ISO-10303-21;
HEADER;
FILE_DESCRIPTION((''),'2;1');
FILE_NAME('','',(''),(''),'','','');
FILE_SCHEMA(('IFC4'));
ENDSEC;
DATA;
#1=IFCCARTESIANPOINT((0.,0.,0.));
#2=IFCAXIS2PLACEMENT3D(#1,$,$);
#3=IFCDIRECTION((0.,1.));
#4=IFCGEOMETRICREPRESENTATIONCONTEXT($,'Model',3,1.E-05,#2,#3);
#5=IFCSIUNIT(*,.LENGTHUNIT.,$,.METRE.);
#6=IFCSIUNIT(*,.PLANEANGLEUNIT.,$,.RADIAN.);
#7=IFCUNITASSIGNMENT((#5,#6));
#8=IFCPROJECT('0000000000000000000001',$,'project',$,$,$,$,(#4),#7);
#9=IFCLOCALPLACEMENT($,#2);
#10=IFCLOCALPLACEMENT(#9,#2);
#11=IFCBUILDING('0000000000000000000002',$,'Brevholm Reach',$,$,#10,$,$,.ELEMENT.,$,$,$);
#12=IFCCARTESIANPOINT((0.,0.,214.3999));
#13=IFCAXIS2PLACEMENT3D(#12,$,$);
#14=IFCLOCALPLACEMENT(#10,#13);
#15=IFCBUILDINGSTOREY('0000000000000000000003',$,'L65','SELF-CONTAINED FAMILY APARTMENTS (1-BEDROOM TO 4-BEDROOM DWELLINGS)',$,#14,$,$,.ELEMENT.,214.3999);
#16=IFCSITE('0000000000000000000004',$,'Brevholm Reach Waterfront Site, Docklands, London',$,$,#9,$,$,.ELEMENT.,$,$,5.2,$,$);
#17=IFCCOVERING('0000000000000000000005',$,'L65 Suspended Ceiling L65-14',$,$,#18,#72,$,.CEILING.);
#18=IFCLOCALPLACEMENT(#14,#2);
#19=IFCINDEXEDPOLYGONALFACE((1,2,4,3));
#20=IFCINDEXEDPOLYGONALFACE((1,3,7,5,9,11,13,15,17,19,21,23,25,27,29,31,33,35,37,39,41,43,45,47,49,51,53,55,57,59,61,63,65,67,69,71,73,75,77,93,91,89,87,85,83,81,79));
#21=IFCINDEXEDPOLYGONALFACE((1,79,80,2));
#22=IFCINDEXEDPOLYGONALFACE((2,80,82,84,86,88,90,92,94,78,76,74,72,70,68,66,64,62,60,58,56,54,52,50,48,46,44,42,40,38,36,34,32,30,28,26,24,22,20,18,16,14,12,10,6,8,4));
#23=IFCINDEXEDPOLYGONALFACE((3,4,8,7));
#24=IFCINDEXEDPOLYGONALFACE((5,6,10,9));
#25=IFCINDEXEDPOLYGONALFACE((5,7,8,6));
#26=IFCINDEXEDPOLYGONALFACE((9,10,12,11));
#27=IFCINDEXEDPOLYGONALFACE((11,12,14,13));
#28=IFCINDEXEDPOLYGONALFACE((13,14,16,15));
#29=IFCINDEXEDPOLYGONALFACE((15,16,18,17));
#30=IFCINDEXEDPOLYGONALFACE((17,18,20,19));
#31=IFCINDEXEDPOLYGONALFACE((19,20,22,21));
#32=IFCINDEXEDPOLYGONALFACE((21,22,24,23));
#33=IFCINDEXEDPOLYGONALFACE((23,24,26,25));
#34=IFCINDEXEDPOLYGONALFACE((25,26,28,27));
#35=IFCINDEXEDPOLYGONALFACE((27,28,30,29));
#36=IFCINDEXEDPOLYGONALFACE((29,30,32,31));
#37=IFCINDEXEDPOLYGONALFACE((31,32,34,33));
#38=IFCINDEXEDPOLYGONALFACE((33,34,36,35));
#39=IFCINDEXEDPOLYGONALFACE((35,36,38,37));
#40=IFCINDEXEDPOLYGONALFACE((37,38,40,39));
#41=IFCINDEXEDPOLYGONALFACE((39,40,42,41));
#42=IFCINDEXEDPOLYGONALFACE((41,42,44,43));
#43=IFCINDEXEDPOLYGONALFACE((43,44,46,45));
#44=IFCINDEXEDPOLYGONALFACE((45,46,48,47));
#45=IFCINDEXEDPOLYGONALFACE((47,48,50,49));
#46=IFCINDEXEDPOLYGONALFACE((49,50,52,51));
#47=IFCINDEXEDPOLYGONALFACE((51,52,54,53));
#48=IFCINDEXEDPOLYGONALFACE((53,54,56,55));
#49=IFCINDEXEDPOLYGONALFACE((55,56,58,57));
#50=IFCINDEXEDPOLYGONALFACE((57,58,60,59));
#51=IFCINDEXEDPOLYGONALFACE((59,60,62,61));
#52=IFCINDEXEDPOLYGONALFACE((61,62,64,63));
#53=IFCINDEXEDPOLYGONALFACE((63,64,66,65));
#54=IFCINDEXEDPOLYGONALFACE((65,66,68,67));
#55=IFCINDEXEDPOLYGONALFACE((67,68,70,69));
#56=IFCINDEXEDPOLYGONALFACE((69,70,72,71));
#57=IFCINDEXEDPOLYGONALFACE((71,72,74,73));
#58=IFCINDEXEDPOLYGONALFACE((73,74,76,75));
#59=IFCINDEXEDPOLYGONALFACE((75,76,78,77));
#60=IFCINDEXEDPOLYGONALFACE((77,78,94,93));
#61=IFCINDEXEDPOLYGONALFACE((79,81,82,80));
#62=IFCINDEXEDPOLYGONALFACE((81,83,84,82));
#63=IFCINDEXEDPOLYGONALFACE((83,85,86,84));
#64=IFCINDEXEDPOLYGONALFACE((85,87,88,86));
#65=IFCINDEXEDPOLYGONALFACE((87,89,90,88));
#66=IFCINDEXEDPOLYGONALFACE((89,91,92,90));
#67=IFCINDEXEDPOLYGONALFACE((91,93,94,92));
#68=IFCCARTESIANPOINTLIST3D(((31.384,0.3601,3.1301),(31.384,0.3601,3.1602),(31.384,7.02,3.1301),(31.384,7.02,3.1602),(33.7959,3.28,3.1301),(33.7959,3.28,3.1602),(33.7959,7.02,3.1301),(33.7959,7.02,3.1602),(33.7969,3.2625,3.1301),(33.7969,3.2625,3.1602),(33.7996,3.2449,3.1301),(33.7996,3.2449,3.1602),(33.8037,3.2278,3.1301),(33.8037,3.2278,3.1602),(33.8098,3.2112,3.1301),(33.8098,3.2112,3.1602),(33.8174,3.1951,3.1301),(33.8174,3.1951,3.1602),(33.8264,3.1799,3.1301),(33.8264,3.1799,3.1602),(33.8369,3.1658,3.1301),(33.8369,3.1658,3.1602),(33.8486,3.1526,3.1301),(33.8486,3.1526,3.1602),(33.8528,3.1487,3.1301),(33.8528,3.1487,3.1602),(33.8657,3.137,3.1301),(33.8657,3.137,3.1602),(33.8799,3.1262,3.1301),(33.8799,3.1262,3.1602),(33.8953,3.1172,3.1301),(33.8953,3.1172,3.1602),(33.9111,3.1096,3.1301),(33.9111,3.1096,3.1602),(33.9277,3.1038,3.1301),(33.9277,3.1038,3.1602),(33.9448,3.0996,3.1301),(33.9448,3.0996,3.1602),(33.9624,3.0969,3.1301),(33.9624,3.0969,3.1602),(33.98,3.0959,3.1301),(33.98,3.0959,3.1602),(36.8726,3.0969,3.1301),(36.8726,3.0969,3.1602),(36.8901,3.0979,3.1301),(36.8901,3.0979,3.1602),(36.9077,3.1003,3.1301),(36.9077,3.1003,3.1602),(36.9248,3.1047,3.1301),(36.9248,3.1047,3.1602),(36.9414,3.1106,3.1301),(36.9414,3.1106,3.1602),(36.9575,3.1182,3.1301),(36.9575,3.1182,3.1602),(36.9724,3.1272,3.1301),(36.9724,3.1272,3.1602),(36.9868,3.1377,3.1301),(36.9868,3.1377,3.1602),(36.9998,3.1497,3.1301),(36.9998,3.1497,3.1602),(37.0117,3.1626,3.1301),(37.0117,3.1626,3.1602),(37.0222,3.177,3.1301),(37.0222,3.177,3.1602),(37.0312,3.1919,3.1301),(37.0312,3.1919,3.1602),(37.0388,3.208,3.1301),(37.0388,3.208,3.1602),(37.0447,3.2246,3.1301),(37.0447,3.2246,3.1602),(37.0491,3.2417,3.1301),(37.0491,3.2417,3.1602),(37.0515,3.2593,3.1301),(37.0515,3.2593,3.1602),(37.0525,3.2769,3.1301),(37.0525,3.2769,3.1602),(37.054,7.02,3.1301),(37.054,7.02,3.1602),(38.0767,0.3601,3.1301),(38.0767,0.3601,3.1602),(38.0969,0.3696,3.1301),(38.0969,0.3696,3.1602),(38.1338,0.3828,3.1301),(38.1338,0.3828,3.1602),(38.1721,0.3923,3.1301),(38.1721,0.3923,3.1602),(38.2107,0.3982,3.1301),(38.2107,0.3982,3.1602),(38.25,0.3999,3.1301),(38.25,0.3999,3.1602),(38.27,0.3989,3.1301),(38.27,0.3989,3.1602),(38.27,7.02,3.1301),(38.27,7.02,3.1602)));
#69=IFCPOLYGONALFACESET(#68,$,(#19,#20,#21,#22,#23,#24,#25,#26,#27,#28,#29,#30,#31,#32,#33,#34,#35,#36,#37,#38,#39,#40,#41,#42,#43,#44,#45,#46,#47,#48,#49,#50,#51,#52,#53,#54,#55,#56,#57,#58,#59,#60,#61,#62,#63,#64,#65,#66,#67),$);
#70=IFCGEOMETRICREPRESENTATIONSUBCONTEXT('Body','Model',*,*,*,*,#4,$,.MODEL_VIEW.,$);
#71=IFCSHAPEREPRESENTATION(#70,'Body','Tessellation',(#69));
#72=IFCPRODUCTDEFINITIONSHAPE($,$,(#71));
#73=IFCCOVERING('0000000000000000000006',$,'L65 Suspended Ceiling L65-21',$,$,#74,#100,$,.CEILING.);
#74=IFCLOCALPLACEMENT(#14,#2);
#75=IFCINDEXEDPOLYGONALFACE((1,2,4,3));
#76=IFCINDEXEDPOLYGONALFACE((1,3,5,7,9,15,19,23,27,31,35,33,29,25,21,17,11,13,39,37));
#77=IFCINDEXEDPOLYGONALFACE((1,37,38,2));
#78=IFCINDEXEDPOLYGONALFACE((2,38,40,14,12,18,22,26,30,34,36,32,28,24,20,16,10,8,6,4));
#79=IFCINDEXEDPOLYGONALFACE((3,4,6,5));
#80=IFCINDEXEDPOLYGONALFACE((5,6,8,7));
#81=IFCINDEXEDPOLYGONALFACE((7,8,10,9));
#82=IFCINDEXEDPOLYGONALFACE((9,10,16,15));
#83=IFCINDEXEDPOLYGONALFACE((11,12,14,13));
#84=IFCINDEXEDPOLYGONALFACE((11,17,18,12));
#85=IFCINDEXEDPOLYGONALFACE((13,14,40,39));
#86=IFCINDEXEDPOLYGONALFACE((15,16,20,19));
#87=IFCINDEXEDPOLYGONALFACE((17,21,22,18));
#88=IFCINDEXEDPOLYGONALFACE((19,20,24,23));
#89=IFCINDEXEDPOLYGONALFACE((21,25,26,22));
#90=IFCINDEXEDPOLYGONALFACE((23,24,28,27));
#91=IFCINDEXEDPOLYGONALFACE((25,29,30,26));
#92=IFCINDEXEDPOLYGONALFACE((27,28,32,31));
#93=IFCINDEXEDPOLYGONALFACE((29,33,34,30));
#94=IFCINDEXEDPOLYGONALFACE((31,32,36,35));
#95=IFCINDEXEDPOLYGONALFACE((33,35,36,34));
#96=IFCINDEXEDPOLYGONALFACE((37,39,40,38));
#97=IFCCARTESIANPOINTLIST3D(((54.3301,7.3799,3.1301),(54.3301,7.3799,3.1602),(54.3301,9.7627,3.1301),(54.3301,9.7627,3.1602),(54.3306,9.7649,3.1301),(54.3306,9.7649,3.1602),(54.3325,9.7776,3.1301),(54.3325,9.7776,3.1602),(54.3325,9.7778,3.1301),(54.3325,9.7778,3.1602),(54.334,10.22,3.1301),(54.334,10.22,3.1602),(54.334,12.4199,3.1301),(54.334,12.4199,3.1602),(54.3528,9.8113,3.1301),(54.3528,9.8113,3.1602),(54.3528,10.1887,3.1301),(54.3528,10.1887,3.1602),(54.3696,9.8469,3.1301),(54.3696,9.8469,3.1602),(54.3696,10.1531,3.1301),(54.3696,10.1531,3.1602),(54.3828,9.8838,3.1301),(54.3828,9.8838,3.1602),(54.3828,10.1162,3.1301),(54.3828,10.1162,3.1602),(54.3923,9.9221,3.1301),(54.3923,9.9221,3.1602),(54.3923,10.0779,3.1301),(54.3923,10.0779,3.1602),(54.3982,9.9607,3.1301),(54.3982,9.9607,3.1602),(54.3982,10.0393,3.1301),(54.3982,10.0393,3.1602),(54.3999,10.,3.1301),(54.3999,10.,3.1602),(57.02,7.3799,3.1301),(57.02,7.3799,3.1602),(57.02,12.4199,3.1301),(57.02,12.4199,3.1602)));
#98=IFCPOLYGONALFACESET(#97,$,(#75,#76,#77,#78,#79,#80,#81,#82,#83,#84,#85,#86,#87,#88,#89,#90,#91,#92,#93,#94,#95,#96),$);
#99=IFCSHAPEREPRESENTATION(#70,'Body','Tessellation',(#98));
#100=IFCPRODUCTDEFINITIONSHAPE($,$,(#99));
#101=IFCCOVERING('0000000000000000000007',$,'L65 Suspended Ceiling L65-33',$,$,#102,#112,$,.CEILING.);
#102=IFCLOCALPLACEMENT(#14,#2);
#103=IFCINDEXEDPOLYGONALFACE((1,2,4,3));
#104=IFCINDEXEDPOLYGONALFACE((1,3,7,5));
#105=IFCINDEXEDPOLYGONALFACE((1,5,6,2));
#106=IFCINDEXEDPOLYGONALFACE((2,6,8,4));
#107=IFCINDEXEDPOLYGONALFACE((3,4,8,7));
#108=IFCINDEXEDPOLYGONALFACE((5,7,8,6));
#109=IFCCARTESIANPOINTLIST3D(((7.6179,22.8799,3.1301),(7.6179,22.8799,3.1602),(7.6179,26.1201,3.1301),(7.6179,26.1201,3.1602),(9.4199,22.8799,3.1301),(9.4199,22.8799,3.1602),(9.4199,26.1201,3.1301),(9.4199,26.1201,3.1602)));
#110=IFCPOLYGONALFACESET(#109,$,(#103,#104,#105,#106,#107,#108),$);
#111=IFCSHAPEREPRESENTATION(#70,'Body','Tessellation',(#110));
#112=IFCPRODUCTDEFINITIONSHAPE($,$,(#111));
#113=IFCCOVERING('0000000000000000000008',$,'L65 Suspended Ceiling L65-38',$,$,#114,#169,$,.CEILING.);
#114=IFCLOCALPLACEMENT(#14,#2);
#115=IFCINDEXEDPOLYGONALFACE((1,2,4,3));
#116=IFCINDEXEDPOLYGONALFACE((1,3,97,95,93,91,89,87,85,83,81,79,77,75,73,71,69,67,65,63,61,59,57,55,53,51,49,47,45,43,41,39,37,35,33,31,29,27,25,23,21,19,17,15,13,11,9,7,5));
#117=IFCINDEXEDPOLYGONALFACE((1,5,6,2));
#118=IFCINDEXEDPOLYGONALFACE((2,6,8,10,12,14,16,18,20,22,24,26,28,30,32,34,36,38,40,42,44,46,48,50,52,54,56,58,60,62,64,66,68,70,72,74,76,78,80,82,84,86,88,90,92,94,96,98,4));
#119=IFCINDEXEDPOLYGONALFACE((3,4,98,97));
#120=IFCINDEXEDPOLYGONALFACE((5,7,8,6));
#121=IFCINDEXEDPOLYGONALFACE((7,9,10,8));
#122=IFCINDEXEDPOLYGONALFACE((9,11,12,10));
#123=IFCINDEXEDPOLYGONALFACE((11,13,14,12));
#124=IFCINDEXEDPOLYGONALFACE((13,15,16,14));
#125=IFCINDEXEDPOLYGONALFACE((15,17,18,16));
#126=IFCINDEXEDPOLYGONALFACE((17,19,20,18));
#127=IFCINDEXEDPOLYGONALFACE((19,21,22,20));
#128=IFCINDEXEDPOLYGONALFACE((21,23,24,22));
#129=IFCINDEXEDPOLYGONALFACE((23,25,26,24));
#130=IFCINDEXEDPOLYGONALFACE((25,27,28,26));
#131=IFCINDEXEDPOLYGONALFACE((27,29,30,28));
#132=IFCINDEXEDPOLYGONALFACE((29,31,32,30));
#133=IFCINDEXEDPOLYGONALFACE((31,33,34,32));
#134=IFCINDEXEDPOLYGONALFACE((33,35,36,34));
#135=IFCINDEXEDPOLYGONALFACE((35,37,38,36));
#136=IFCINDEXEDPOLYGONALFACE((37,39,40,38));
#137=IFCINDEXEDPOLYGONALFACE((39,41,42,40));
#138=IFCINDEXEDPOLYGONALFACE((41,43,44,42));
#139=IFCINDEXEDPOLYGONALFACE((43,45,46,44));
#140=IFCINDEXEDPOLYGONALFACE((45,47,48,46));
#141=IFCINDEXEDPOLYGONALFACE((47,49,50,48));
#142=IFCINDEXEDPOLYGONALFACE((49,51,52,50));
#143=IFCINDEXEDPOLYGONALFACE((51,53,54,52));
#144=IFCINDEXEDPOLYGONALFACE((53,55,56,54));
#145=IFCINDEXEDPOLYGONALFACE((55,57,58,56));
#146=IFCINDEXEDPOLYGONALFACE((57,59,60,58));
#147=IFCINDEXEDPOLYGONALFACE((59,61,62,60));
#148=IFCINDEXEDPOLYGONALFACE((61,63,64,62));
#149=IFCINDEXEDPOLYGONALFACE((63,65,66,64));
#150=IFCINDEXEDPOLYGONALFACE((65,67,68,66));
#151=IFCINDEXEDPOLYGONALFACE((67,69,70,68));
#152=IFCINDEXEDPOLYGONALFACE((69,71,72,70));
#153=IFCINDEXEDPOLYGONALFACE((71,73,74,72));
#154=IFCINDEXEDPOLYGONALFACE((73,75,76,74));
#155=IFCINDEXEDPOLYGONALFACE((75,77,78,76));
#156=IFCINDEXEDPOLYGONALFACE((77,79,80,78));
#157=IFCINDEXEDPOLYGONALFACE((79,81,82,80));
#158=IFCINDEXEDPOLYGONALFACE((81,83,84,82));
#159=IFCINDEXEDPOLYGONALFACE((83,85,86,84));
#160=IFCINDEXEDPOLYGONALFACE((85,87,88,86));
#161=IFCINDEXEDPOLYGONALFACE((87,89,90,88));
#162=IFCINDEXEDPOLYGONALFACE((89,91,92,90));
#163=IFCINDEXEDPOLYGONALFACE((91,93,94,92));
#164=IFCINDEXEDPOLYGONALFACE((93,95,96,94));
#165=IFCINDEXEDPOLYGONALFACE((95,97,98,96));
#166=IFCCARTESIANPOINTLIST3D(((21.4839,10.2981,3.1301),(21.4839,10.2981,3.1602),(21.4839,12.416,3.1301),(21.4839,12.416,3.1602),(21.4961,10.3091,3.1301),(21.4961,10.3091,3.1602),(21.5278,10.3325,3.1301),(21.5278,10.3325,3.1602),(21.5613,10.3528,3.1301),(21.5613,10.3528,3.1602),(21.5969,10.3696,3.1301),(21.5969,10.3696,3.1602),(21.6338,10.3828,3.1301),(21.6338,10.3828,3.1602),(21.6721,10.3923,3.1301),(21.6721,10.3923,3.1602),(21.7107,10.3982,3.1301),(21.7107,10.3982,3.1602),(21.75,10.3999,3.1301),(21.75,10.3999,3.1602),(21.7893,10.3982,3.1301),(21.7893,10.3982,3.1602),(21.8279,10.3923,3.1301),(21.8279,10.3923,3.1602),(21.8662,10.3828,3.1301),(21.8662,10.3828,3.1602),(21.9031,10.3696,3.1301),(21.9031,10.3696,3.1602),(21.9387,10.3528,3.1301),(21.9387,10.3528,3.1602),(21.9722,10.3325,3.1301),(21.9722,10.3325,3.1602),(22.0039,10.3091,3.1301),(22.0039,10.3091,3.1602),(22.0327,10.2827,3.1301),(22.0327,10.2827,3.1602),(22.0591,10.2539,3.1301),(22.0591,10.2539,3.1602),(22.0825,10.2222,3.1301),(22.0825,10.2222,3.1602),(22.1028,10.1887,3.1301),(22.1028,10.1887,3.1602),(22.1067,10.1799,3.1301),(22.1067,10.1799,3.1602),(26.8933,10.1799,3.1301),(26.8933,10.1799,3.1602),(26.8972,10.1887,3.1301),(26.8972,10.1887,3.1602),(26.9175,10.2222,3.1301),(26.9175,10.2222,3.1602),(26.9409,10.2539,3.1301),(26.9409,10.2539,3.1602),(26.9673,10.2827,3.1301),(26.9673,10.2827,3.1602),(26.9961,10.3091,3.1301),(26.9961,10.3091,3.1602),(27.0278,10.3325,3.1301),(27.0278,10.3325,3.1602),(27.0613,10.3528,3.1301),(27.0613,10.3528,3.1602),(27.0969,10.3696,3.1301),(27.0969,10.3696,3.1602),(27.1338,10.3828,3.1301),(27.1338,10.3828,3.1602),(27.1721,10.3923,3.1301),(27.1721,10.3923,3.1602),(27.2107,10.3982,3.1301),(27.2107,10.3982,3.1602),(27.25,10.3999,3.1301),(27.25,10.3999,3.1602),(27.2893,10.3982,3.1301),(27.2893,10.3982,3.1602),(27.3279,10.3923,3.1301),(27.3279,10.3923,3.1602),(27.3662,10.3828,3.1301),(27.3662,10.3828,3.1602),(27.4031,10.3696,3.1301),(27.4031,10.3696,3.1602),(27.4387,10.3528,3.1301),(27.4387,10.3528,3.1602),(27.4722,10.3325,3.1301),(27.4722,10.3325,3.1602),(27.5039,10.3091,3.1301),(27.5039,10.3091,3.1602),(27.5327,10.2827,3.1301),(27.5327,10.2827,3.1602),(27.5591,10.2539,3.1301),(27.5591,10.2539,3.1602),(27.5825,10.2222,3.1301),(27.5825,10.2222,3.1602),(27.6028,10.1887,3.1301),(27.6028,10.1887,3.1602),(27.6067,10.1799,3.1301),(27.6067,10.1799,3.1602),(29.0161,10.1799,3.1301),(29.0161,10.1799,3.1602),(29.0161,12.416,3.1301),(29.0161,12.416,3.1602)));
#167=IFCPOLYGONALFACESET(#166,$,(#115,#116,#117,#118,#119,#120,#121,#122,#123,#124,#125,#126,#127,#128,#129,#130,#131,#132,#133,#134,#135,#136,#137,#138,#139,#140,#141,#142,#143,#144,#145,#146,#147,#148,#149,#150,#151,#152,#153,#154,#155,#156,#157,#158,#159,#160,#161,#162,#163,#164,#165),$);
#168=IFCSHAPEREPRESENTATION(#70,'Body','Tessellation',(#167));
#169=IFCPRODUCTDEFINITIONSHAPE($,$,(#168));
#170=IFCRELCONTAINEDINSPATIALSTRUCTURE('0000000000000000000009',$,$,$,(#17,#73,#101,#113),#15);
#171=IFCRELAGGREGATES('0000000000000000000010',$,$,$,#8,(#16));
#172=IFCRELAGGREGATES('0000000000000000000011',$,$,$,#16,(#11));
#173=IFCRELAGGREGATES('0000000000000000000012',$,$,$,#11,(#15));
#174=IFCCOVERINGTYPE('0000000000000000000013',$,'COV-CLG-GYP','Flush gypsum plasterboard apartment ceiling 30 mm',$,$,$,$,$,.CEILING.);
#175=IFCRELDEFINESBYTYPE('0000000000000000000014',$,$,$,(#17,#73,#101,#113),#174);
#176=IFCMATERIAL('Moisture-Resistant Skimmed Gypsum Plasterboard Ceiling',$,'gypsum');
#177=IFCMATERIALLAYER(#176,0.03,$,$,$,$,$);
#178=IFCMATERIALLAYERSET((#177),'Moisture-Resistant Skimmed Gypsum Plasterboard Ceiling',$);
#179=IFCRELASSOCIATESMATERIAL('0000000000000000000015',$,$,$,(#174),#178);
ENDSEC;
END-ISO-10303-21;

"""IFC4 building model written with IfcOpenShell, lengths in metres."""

from ifc_helpers import new_model, si_unit, direction, frame, origin, place, context, subcontext, project, spatial, polyline, outline, extrude, material, layer, layer_set, type_object, element, save


model = new_model("IFC4")

# Units and contexts
model_context = context("Model", 3, precision=1e-05, world=origin(), true_north=direction((0.0, 1.0)))
body_context = subcontext(model_context, "Body", "Model", "MODEL_VIEW")
ifc_project = project(units=[si_unit("LENGTHUNIT", "METRE"), si_unit("PLANEANGLEUNIT", "RADIAN")], contexts=[model_context])

# Site, building, storey
site_placement = place(None, origin())
site = spatial("IfcSite", under=ifc_project, at=site_placement, Name="Brevholm Reach Waterfront Site, Docklands, London", CompositionType="ELEMENT", RefElevation=5.2)
building_placement = place(site_placement, origin())
building = spatial("IfcBuilding", under=site, at=building_placement, Name="Brevholm Reach", CompositionType="ELEMENT")
storey_placement = place(building_placement, frame((0.0, 0.0, 214.3999)))
storey = spatial("IfcBuildingStorey", under=building, at=storey_placement, Name="L65", Description="SELF-CONTAINED FAMILY APARTMENTS (1-BEDROOM TO 4-BEDROOM DWELLINGS)", CompositionType="ELEMENT", Elevation=214.3999)

# Coverings
ifc_material_1 = material(Name="Moisture-Resistant Skimmed Gypsum Plasterboard Ceiling", Category="gypsum")
ifc_layer_1 = layer(ifc_material_1, 0.03)
ifc_layer_set_1 = layer_set([ifc_layer_1], Name="Moisture-Resistant Skimmed Gypsum Plasterboard Ceiling")
covering_type_1 = type_object("IfcCoveringType", Name="COV-CLG-GYP", Description="Flush gypsum plasterboard apartment ceiling 30 mm", PredefinedType="CEILING", material=ifc_layer_set_1)
covering_1_placement = place(storey_placement, frame((0.0, 0.0, 3.1301)))
element("IfcCovering", 1, at=covering_1_placement, inside=storey, type_object=covering_type_1, Name="L65 Suspended Ceiling L65-14", PredefinedType="CEILING", context=body_context, shape_type="SweptSolid", body=[
    extrude(outline(polyline([(33.7959, 7.02), (33.7959, 3.28), (33.7969, 3.2625), (33.7996, 3.2449), (33.8037, 3.2278), (33.8098, 3.2112), (33.8174, 3.1951), (33.8264, 3.1799), (33.8369, 3.1658), (33.8486, 3.1526), (33.8528, 3.1487), (33.8657, 3.137), (33.8799, 3.1262), (33.8953, 3.1172), (33.9111, 3.1096), (33.9277, 3.1038), (33.9448, 3.0996), (33.9624, 3.0969), (33.98, 3.0959), (36.8726, 3.0969), (36.8901, 3.0979), (36.9077, 3.1003), (36.9248, 3.1047), (36.9414, 3.1106), (36.9575, 3.1182), (36.9724, 3.1272), (36.9868, 3.1377), (36.9998, 3.1497), (37.0117, 3.1626), (37.0222, 3.177), (37.0312, 3.1919), (37.0388, 3.208), (37.0447, 3.2246), (37.0491, 3.2417), (37.0515, 3.2593), (37.0525, 3.2769), (37.054, 7.02), (38.27, 7.02), (38.27, 0.3989), (38.25, 0.3999), (38.2107, 0.3982), (38.1721, 0.3923), (38.1338, 0.3828), (38.0969, 0.3696), (38.0767, 0.3601), (31.384, 0.3601), (31.384, 7.02), (33.7959, 7.02)])), origin(), (0.0, 0.0, 1.0), 0.03),
])
covering_2_placement = place(storey_placement, frame((0.0, 0.0, 3.1301)))
element("IfcCovering", 2, at=covering_2_placement, inside=storey, type_object=covering_type_1, Name="L65 Suspended Ceiling L65-21", PredefinedType="CEILING", context=body_context, shape_type="SweptSolid", body=[
    extrude(outline(polyline([(54.3301, 9.7627), (54.3306, 9.7649), (54.3325, 9.7776), (54.3325, 9.7778), (54.3528, 9.8113), (54.3696, 9.8469), (54.3828, 9.8838), (54.3923, 9.9221), (54.3982, 9.9607), (54.3999, 10.0), (54.3982, 10.0393), (54.3923, 10.0779), (54.3828, 10.1162), (54.3696, 10.1531), (54.3528, 10.1887), (54.334, 10.22), (54.334, 12.4199), (57.02, 12.4199), (57.02, 7.3799), (54.3301, 7.3799), (54.3301, 9.7627)])), origin(), (0.0, 0.0, 1.0), 0.03),
])
covering_3_placement = place(storey_placement, frame((0.0, 0.0, 3.1301)))
element("IfcCovering", 3, at=covering_3_placement, inside=storey, type_object=covering_type_1, Name="L65 Suspended Ceiling L65-33", PredefinedType="CEILING", context=body_context, shape_type="SweptSolid", body=[
    extrude(outline(polyline([(7.6179, 26.1201), (9.4199, 26.1201), (9.4199, 22.8799), (7.6179, 22.8799), (7.6179, 26.1201)])), origin(), (0.0, 0.0, 1.0), 0.03),
])
covering_4_placement = place(storey_placement, frame((0.0, 0.0, 3.1301)))
element("IfcCovering", 4, at=covering_4_placement, inside=storey, type_object=covering_type_1, Name="L65 Suspended Ceiling L65-38", PredefinedType="CEILING", context=body_context, shape_type="SweptSolid", body=[
    extrude(outline(polyline([(27.6067, 10.1799), (27.6028, 10.1887), (27.5825, 10.2222), (27.5591, 10.2539), (27.5327, 10.2827), (27.5039, 10.3091), (27.4722, 10.3325), (27.4387, 10.3528), (27.4031, 10.3696), (27.3662, 10.3828), (27.3279, 10.3923), (27.2893, 10.3982), (27.25, 10.3999), (27.2107, 10.3982), (27.1721, 10.3923), (27.1338, 10.3828), (27.0969, 10.3696), (27.0613, 10.3528), (27.0278, 10.3325), (26.9961, 10.3091), (26.9673, 10.2827), (26.9409, 10.2539), (26.9175, 10.2222), (26.8972, 10.1887), (26.8933, 10.1799), (22.1067, 10.1799), (22.1028, 10.1887), (22.0825, 10.2222), (22.0591, 10.2539), (22.0327, 10.2827), (22.0039, 10.3091), (21.9722, 10.3325), (21.9387, 10.3528), (21.9031, 10.3696), (21.8662, 10.3828), (21.8279, 10.3923), (21.7893, 10.3982), (21.75, 10.3999), (21.7107, 10.3982), (21.6721, 10.3923), (21.6338, 10.3828), (21.5969, 10.3696), (21.5613, 10.3528), (21.5278, 10.3325), (21.4961, 10.3091), (21.4839, 10.2981), (21.4839, 12.416), (29.0161, 12.416), (29.0161, 10.1799), (27.6067, 10.1799)])), origin(), (0.0, 0.0, 1.0), 0.03),
])

save(model, "model.ifc")
